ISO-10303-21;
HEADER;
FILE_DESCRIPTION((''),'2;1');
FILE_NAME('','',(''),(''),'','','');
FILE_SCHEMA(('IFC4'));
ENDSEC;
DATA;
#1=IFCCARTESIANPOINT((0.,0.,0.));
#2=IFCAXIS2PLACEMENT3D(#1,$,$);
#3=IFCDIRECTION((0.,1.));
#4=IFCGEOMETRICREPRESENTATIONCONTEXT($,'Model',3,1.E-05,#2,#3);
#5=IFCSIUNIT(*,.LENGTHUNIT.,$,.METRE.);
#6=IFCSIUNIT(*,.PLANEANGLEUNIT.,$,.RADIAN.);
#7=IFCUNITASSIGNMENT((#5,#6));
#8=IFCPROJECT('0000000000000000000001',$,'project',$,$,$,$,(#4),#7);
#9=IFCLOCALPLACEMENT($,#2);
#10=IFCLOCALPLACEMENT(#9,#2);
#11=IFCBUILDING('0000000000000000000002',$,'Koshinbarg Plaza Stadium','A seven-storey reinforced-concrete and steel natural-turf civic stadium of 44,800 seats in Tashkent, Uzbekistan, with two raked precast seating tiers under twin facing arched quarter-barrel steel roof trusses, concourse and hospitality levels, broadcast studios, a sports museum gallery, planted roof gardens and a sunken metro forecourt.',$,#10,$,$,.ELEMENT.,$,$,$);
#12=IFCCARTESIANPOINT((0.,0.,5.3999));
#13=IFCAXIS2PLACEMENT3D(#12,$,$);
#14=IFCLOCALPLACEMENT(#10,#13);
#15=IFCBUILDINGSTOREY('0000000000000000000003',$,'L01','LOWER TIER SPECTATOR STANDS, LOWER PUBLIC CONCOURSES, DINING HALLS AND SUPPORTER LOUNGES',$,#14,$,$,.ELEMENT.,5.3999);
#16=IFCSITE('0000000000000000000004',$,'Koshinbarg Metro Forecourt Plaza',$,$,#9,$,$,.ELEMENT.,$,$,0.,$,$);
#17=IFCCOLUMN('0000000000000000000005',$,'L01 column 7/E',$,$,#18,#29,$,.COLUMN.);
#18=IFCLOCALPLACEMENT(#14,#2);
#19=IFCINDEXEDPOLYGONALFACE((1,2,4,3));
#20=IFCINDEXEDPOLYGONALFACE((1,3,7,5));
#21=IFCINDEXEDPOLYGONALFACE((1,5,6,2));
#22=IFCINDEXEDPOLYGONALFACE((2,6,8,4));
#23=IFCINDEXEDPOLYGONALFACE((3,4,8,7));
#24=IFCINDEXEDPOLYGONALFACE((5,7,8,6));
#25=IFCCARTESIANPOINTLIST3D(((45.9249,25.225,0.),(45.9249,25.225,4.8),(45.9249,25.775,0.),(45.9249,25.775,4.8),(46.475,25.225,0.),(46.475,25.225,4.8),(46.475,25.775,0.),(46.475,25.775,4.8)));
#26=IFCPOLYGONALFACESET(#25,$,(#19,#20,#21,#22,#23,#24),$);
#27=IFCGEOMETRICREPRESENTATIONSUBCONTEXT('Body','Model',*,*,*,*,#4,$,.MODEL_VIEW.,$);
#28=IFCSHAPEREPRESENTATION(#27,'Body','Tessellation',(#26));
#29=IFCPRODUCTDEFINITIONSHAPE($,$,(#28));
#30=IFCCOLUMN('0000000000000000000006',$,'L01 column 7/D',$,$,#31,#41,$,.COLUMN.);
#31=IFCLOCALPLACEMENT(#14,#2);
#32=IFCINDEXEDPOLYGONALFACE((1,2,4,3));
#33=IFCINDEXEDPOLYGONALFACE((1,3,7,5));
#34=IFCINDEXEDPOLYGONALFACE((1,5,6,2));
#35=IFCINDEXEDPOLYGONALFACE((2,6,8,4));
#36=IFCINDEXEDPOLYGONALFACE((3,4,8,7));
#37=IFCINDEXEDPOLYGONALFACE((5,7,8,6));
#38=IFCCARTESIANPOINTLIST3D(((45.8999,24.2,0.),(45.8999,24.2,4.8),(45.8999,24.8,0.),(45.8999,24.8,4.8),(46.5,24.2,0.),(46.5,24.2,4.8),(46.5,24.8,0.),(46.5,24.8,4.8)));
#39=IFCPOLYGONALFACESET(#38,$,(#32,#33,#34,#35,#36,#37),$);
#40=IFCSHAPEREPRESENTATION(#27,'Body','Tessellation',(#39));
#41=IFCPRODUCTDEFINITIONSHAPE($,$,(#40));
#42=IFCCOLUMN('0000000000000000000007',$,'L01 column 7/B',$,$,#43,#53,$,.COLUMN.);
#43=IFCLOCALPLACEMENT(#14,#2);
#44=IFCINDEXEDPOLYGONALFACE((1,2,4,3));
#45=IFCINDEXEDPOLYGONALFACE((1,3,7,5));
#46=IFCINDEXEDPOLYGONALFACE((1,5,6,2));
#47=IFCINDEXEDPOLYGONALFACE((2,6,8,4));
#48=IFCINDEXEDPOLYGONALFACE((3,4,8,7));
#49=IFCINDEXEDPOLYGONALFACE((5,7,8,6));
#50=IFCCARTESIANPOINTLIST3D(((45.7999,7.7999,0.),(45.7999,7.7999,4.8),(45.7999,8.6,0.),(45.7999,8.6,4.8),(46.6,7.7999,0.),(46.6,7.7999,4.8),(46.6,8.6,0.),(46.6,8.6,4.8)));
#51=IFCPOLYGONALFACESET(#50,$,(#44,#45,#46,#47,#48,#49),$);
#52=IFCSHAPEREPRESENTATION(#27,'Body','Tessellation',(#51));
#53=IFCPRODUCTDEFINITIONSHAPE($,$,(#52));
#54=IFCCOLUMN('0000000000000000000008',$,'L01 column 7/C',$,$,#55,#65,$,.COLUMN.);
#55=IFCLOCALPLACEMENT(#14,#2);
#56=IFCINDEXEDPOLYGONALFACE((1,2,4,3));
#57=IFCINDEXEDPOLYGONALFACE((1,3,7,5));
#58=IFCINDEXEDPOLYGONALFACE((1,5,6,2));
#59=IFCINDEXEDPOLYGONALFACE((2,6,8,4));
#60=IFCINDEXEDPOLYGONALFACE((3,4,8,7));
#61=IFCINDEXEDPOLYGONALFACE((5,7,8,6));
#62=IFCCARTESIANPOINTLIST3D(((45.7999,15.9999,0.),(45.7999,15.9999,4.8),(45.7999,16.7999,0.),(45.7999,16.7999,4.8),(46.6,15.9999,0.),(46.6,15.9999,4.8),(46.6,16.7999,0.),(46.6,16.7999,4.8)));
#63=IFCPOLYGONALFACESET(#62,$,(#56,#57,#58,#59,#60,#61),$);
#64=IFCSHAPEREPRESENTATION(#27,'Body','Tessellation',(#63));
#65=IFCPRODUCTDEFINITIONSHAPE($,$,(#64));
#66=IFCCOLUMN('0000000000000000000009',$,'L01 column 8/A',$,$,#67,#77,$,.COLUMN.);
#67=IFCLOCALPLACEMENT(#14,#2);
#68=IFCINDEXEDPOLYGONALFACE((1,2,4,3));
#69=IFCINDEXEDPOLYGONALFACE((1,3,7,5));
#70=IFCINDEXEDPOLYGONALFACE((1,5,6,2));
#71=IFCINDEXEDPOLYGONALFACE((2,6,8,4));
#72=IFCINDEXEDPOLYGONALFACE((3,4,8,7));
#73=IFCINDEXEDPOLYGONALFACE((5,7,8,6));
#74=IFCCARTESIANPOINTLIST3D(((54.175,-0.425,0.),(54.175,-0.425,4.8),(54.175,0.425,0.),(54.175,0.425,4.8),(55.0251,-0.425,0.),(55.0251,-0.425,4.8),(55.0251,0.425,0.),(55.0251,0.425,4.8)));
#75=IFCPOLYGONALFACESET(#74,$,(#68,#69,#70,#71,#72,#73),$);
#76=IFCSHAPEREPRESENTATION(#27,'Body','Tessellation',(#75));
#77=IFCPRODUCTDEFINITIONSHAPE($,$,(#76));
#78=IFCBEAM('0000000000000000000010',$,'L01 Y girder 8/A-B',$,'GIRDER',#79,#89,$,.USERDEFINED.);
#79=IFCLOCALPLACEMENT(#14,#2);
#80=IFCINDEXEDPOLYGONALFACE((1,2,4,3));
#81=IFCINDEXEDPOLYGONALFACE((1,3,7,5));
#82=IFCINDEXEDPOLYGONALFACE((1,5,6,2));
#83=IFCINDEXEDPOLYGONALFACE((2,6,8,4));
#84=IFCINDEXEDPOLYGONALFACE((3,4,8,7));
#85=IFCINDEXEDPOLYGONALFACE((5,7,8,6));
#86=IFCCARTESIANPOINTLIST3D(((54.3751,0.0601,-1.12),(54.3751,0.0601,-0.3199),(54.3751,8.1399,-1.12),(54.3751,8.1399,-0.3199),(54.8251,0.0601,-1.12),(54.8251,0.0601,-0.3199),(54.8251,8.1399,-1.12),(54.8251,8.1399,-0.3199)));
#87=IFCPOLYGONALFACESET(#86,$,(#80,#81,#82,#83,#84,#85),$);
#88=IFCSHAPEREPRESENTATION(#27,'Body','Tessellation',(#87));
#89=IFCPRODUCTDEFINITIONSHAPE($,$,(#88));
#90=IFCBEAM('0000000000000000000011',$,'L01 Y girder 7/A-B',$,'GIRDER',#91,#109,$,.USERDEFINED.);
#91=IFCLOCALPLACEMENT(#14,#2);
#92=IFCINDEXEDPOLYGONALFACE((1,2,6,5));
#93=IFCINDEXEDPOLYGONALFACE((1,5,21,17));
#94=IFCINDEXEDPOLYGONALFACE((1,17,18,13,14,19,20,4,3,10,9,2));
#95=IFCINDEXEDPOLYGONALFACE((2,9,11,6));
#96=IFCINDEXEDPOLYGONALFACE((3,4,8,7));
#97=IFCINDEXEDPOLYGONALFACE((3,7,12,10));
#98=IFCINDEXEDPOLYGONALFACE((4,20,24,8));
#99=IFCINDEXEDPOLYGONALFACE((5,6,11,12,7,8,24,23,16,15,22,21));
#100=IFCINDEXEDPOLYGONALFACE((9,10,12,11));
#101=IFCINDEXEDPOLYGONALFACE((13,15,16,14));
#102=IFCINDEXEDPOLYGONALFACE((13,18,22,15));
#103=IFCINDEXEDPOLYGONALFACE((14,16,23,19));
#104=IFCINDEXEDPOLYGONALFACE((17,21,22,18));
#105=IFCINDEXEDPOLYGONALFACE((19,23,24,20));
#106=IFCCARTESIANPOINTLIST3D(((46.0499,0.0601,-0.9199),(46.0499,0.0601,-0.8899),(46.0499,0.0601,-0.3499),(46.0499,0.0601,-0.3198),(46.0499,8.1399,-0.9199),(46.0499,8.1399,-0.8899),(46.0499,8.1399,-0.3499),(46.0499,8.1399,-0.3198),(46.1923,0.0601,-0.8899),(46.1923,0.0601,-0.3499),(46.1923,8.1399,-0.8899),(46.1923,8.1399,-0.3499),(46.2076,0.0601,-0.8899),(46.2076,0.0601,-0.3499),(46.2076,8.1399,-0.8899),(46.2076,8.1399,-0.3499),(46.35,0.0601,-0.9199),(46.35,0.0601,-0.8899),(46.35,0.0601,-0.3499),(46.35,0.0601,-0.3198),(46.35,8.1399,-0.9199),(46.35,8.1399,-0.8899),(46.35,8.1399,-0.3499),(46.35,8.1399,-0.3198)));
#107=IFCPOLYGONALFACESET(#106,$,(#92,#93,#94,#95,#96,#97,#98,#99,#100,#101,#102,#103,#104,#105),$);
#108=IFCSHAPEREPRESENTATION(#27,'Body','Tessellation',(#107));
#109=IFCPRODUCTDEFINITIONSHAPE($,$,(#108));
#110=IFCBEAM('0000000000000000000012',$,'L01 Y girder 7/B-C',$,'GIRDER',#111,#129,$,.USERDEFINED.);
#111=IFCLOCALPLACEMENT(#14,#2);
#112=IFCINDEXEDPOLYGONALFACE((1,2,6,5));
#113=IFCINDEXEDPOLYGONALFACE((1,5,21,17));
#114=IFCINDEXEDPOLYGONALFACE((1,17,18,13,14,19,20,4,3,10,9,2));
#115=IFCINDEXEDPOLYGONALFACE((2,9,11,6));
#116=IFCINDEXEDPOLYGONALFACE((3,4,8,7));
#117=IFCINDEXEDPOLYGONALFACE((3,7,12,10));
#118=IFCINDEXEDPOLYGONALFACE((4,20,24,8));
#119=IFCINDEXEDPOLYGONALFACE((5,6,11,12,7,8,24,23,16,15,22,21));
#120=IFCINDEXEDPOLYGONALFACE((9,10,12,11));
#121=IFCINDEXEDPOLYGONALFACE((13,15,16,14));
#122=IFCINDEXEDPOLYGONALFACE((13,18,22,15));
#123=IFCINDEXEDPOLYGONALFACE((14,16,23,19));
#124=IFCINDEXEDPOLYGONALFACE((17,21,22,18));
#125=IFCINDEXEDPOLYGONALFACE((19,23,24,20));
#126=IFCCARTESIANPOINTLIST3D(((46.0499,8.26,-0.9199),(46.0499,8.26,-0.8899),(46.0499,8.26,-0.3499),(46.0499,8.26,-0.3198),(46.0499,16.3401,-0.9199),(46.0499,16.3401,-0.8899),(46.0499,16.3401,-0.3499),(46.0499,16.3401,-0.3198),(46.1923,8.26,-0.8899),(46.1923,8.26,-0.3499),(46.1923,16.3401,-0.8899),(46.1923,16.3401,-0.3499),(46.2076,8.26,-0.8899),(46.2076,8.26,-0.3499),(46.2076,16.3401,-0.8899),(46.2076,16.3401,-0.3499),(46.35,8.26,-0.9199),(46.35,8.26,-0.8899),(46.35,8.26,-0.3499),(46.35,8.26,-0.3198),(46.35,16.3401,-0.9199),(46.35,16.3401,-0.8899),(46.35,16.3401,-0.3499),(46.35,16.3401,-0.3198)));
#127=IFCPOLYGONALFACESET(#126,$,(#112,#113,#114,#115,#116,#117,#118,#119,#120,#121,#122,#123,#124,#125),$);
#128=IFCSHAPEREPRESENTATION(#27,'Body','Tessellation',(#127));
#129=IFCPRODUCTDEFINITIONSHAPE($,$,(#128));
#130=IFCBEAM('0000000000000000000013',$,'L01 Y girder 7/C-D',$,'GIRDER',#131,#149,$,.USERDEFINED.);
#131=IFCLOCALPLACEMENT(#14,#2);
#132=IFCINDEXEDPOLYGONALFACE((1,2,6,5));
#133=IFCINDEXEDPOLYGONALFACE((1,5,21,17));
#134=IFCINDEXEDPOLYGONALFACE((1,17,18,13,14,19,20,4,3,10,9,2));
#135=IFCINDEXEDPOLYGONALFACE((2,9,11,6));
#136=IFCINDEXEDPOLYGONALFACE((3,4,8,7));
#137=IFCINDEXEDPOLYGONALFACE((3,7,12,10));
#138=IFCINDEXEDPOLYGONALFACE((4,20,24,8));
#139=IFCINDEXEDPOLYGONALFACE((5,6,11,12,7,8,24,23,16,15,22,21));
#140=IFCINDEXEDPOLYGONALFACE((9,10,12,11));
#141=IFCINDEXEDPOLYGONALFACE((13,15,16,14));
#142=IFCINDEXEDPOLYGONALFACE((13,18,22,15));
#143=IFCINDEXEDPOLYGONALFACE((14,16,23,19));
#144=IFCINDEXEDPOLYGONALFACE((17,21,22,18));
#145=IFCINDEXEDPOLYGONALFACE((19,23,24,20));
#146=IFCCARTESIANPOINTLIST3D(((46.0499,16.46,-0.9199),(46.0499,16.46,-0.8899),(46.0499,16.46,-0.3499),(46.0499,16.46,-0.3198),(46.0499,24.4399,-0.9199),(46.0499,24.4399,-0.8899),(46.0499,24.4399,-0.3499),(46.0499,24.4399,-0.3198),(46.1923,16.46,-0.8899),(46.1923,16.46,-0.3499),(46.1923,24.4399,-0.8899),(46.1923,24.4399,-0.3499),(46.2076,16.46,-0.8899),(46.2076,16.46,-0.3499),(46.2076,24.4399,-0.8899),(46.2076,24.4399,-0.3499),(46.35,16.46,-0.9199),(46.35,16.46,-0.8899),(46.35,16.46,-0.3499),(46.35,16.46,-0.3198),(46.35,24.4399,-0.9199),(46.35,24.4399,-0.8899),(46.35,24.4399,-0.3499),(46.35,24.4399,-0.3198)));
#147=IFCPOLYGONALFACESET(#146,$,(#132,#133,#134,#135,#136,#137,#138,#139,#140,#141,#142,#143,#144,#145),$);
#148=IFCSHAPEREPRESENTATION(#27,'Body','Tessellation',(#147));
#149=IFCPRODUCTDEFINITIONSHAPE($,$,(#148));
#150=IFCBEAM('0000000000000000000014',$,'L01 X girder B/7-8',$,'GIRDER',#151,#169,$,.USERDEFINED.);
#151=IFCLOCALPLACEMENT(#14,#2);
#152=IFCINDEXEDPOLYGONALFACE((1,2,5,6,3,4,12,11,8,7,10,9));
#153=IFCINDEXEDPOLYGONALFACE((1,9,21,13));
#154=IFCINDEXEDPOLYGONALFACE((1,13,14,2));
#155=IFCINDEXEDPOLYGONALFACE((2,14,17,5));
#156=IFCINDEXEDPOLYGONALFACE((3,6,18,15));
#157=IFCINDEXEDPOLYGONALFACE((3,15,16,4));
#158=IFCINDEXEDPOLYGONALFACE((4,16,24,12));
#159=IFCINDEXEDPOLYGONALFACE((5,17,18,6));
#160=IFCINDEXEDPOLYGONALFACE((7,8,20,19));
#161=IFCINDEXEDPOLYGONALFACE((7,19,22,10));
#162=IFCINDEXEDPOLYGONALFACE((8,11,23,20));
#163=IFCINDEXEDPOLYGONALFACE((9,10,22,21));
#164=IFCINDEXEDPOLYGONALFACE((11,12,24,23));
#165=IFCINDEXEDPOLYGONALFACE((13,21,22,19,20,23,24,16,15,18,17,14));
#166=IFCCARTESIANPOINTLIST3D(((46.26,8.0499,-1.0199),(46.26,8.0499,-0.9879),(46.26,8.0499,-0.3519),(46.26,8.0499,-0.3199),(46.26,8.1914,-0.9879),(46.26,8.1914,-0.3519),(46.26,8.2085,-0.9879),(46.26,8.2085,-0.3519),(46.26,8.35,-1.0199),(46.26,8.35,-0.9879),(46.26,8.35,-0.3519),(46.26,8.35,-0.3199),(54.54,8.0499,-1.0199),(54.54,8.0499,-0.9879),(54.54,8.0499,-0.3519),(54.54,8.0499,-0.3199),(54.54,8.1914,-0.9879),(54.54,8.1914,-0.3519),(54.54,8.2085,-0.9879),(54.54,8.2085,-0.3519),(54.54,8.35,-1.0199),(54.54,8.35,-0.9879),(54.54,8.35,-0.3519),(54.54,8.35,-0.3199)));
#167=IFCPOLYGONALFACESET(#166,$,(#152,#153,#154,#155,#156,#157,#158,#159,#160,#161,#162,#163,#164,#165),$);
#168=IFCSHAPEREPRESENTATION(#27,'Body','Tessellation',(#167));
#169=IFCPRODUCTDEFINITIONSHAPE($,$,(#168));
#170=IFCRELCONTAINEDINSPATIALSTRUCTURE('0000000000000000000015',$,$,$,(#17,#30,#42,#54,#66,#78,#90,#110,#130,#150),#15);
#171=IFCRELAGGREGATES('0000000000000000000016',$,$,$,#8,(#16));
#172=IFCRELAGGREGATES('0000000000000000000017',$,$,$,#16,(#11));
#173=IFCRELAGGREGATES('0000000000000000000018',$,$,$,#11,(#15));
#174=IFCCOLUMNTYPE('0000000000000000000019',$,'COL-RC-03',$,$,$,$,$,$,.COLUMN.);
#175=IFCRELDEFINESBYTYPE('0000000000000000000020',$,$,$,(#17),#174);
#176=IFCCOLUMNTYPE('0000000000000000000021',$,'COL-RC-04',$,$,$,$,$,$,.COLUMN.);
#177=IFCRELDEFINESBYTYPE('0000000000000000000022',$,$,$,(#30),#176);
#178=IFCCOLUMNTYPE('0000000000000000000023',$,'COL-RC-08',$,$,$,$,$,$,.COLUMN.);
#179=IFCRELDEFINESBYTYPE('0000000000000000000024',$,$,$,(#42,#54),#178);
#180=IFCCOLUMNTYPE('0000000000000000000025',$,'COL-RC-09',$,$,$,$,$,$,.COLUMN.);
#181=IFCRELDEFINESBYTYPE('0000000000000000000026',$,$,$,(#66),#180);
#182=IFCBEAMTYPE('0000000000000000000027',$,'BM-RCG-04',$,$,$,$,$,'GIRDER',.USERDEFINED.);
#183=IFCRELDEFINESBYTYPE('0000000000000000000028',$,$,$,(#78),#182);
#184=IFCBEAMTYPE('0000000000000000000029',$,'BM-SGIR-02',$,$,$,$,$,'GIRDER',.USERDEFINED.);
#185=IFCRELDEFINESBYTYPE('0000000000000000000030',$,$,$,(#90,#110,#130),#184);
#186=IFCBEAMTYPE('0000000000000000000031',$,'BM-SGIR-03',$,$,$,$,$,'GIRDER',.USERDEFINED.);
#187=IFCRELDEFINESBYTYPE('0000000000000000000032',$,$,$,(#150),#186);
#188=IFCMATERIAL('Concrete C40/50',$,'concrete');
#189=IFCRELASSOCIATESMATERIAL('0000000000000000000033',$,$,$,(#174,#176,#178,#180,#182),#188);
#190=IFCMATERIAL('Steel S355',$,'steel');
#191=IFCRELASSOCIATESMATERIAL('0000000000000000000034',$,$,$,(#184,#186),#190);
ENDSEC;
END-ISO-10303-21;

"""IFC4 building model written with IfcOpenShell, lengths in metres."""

from ifc_helpers import new_model, si_unit, direction, frame, origin, origin_2d, place, context, subcontext, project, spatial, rectangle, i_section, extrude, material, material_profile, profile_set, type_object, element, save


model = new_model("IFC4")

# Units and contexts
model_context = context("Model", 3, precision=1e-05, world=origin(), true_north=direction((0.0, 1.0)))
body_context = subcontext(model_context, "Body", "Model", "MODEL_VIEW")
ifc_project = project(units=[si_unit("LENGTHUNIT", "METRE"), si_unit("PLANEANGLEUNIT", "RADIAN")], contexts=[model_context])

# Site, building, storey
site_placement = place(None, origin())
site = spatial("IfcSite", under=ifc_project, at=site_placement, Name="Koshinbarg Metro Forecourt Plaza", CompositionType="ELEMENT", RefElevation=0.0)
building_placement = place(site_placement, origin())
building = spatial("IfcBuilding", under=site, at=building_placement, Name="Koshinbarg Plaza Stadium", Description="A seven-storey reinforced-concrete and steel natural-turf civic stadium of 44,800 seats in Tashkent, Uzbekistan, with two raked precast seating tiers under twin facing arched quarter-barrel steel roof trusses, concourse and hospitality levels, broadcast studios, a sports museum gallery, planted roof gardens and a sunken metro forecourt.", CompositionType="ELEMENT")
storey_placement = place(building_placement, frame((0.0, 0.0, 5.3999)))
storey = spatial("IfcBuildingStorey", under=building, at=storey_placement, Name="L01", Description="LOWER TIER SPECTATOR STANDS, LOWER PUBLIC CONCOURSES, DINING HALLS AND SUPPORTER LOUNGES", CompositionType="ELEMENT", Elevation=5.3999)

# Columns
ifc_material_1 = material(Name="Concrete C40/50", Category="concrete")
ifc_material_profile_1 = material_profile(ifc_material_1, rectangle(XDim=0.55, YDim=0.55, at=origin_2d()), Name="RC 550x550")
ifc_profile_set_1 = profile_set([ifc_material_profile_1], Name="Concrete C40/50")
column_type_1 = type_object("IfcColumnType", Name="COL-RC-03", PredefinedType="COLUMN", material=ifc_profile_set_1)
column_1_placement = place(storey_placement, frame((46.2, 25.5, 0.0), z_axis=(0.0, 0.0, 1.0), x_axis=(1.0, 0.0, 0.0)))
element("IfcColumn", 1, at=column_1_placement, inside=storey, type_object=column_type_1, Name="L01 column 7/E", PredefinedType="COLUMN", context=body_context, shape_type="SweptSolid", body=[
    extrude(rectangle(XDim=0.55, YDim=0.55, at=origin_2d()), origin(), (0.0, 0.0, 1.0), 4.8),
])
ifc_material_profile_2 = material_profile(ifc_material_1, rectangle(XDim=0.6001, YDim=0.6001, at=origin_2d()), Name="RC 600x600")
ifc_profile_set_2 = profile_set([ifc_material_profile_2], Name="Concrete C40/50")
column_type_2 = type_object("IfcColumnType", Name="COL-RC-04", PredefinedType="COLUMN", material=ifc_profile_set_2)
column_2_placement = place(storey_placement, frame((46.2, 24.5, 0.0), z_axis=(0.0, 0.0, 1.0), x_axis=(1.0, 0.0, 0.0)))
element("IfcColumn", 2, at=column_2_placement, inside=storey, type_object=column_type_2, Name="L01 column 7/D", PredefinedType="COLUMN", context=body_context, shape_type="SweptSolid", body=[
    extrude(rectangle(XDim=0.6001, YDim=0.6001, at=origin_2d()), origin(), (0.0, 0.0, 1.0), 4.8),
])
ifc_material_profile_3 = material_profile(ifc_material_1, rectangle(XDim=0.8, YDim=0.8, at=origin_2d()), Name="RC 800x800")
ifc_profile_set_3 = profile_set([ifc_material_profile_3], Name="Concrete C40/50")
column_type_3 = type_object("IfcColumnType", Name="COL-RC-08", PredefinedType="COLUMN", material=ifc_profile_set_3)
for number, where, z_axis, x_axis, name in (
    (3, (46.2, 8.2, 0.0), (0.0, 0.0, 1.0), (1.0, 0.0, 0.0), "L01 column 7/B"),
    (4, (46.2, 16.3999, 0.0), (0.0, 0.0, 1.0), (1.0, 0.0, 0.0), "L01 column 7/C"),
):
    element("IfcColumn", number, at=place(storey_placement, frame(where, z_axis=z_axis, x_axis=x_axis)), inside=storey, type_object=column_type_3, Name=name, PredefinedType="COLUMN", context=body_context, shape_type="SweptSolid", body=[
        extrude(rectangle(XDim=0.8, YDim=0.8, at=origin_2d()), origin(), (0.0, 0.0, 1.0), 4.8),
    ])
ifc_material_profile_4 = material_profile(ifc_material_1, rectangle(XDim=0.8501, YDim=0.8501, at=origin_2d()), Name="RC 850x850")
ifc_profile_set_4 = profile_set([ifc_material_profile_4], Name="Concrete C40/50")
column_type_4 = type_object("IfcColumnType", Name="COL-RC-09", PredefinedType="COLUMN", material=ifc_profile_set_4)
column_3_placement = place(storey_placement, frame((54.6001, 0.0, 0.0), z_axis=(0.0, 0.0, 1.0), x_axis=(1.0, 0.0, 0.0)))
element("IfcColumn", 5, at=column_3_placement, inside=storey, type_object=column_type_4, Name="L01 column 8/A", PredefinedType="COLUMN", context=body_context, shape_type="SweptSolid", body=[
    extrude(rectangle(XDim=0.8501, YDim=0.8501, at=origin_2d()), origin(), (0.0, 0.0, 1.0), 4.8),
])

# Beams
ifc_material_profile_5 = material_profile(ifc_material_1, rectangle(XDim=0.45, YDim=0.8, at=origin_2d()), Name="RC 450x800")
ifc_profile_set_5 = profile_set([ifc_material_profile_5], Name="Concrete C40/50")
beam_type_1 = type_object("IfcBeamType", Name="BM-RCG-04", ElementType="GIRDER", PredefinedType="USERDEFINED", material=ifc_profile_set_5)
beam_1_placement = place(storey_placement, frame((54.6001, 0.0601, -0.72), z_axis=(0.0, 1.0, 0.0), x_axis=(-1.0, 0.0, 0.0)))
element("IfcBeam", 6, at=beam_1_placement, inside=storey, type_object=beam_type_1, Name="L01 Y girder 8/A-B", ObjectType="GIRDER", PredefinedType="USERDEFINED", context=body_context, shape_type="SweptSolid", body=[
    extrude(rectangle(XDim=0.45, YDim=0.8, at=origin_2d()), origin(), (0.0, 0.0, 1.0), 8.0798),
])
ifc_material_2 = material(Name="Steel S355", Category="steel")
ifc_material_profile_6 = material_profile(ifc_material_2, i_section(OverallWidth=0.3, OverallDepth=0.6001, WebThickness=0.0154, FlangeThickness=0.03, at=origin_2d()), Name="HEB 600")
ifc_profile_set_6 = profile_set([ifc_material_profile_6], Name="Steel S355")
beam_type_2 = type_object("IfcBeamType", Name="BM-SGIR-02", ElementType="GIRDER", PredefinedType="USERDEFINED", material=ifc_profile_set_6)
beam_2_placement = place(storey_placement, frame((46.2, 0.0601, -0.6199), z_axis=(0.0, 1.0, 0.0), x_axis=(-1.0, 0.0, 0.0)))
element("IfcBeam", 7, at=beam_2_placement, inside=storey, type_object=beam_type_2, Name="L01 Y girder 7/A-B", ObjectType="GIRDER", PredefinedType="USERDEFINED", context=body_context, shape_type="SweptSolid", body=[
    extrude(i_section(OverallWidth=0.3, OverallDepth=0.6001, WebThickness=0.0154, FlangeThickness=0.03, at=origin_2d()), origin(), (0.0, 0.0, 1.0), 8.0798),
])
beam_3_placement = place(storey_placement, frame((46.2, 8.26, -0.6199), z_axis=(0.0, 1.0, 0.0), x_axis=(-1.0, 0.0, 0.0)))
element("IfcBeam", 8, at=beam_3_placement, inside=storey, type_object=beam_type_2, Name="L01 Y girder 7/B-C", ObjectType="GIRDER", PredefinedType="USERDEFINED", context=body_context, shape_type="SweptSolid", body=[
    extrude(i_section(OverallWidth=0.3, OverallDepth=0.6001, WebThickness=0.0154, FlangeThickness=0.03, at=origin_2d()), origin(), (0.0, 0.0, 1.0), 8.0801),
])
beam_4_placement = place(storey_placement, frame((46.2, 16.46, -0.6199), z_axis=(0.0, 1.0, 0.0), x_axis=(-1.0, 0.0, 0.0)))
element("IfcBeam", 9, at=beam_4_placement, inside=storey, type_object=beam_type_2, Name="L01 Y girder 7/C-D", ObjectType="GIRDER", PredefinedType="USERDEFINED", context=body_context, shape_type="SweptSolid", body=[
    extrude(i_section(OverallWidth=0.3, OverallDepth=0.6001, WebThickness=0.0154, FlangeThickness=0.03, at=origin_2d()), origin(), (0.0, 0.0, 1.0), 7.98),
])
ifc_material_profile_7 = material_profile(ifc_material_2, i_section(OverallWidth=0.3, OverallDepth=0.7, WebThickness=0.0171, FlangeThickness=0.032, at=origin_2d()), Name="HEB 700")
ifc_profile_set_7 = profile_set([ifc_material_profile_7], Name="Steel S355")
beam_type_3 = type_object("IfcBeamType", Name="BM-SGIR-03", ElementType="GIRDER", PredefinedType="USERDEFINED", material=ifc_profile_set_7)
for number, where, z_axis, x_axis, name in (
    (10, (46.26, 8.2, -0.6699), (1.0, 0.0, 0.0), (0.0, 1.0, 0.0), "L01 X girder B/7-8"),
):
    element("IfcBeam", number, at=place(storey_placement, frame(where, z_axis=z_axis, x_axis=x_axis)), inside=storey, type_object=beam_type_3, Name=name, ObjectType="GIRDER", PredefinedType="USERDEFINED", context=body_context, shape_type="SweptSolid", body=[
        extrude(i_section(OverallWidth=0.3, OverallDepth=0.7, WebThickness=0.0171, FlangeThickness=0.032, at=origin_2d()), origin(), (0.0, 0.0, 1.0), 8.28),
    ])

save(model, "model.ifc")
